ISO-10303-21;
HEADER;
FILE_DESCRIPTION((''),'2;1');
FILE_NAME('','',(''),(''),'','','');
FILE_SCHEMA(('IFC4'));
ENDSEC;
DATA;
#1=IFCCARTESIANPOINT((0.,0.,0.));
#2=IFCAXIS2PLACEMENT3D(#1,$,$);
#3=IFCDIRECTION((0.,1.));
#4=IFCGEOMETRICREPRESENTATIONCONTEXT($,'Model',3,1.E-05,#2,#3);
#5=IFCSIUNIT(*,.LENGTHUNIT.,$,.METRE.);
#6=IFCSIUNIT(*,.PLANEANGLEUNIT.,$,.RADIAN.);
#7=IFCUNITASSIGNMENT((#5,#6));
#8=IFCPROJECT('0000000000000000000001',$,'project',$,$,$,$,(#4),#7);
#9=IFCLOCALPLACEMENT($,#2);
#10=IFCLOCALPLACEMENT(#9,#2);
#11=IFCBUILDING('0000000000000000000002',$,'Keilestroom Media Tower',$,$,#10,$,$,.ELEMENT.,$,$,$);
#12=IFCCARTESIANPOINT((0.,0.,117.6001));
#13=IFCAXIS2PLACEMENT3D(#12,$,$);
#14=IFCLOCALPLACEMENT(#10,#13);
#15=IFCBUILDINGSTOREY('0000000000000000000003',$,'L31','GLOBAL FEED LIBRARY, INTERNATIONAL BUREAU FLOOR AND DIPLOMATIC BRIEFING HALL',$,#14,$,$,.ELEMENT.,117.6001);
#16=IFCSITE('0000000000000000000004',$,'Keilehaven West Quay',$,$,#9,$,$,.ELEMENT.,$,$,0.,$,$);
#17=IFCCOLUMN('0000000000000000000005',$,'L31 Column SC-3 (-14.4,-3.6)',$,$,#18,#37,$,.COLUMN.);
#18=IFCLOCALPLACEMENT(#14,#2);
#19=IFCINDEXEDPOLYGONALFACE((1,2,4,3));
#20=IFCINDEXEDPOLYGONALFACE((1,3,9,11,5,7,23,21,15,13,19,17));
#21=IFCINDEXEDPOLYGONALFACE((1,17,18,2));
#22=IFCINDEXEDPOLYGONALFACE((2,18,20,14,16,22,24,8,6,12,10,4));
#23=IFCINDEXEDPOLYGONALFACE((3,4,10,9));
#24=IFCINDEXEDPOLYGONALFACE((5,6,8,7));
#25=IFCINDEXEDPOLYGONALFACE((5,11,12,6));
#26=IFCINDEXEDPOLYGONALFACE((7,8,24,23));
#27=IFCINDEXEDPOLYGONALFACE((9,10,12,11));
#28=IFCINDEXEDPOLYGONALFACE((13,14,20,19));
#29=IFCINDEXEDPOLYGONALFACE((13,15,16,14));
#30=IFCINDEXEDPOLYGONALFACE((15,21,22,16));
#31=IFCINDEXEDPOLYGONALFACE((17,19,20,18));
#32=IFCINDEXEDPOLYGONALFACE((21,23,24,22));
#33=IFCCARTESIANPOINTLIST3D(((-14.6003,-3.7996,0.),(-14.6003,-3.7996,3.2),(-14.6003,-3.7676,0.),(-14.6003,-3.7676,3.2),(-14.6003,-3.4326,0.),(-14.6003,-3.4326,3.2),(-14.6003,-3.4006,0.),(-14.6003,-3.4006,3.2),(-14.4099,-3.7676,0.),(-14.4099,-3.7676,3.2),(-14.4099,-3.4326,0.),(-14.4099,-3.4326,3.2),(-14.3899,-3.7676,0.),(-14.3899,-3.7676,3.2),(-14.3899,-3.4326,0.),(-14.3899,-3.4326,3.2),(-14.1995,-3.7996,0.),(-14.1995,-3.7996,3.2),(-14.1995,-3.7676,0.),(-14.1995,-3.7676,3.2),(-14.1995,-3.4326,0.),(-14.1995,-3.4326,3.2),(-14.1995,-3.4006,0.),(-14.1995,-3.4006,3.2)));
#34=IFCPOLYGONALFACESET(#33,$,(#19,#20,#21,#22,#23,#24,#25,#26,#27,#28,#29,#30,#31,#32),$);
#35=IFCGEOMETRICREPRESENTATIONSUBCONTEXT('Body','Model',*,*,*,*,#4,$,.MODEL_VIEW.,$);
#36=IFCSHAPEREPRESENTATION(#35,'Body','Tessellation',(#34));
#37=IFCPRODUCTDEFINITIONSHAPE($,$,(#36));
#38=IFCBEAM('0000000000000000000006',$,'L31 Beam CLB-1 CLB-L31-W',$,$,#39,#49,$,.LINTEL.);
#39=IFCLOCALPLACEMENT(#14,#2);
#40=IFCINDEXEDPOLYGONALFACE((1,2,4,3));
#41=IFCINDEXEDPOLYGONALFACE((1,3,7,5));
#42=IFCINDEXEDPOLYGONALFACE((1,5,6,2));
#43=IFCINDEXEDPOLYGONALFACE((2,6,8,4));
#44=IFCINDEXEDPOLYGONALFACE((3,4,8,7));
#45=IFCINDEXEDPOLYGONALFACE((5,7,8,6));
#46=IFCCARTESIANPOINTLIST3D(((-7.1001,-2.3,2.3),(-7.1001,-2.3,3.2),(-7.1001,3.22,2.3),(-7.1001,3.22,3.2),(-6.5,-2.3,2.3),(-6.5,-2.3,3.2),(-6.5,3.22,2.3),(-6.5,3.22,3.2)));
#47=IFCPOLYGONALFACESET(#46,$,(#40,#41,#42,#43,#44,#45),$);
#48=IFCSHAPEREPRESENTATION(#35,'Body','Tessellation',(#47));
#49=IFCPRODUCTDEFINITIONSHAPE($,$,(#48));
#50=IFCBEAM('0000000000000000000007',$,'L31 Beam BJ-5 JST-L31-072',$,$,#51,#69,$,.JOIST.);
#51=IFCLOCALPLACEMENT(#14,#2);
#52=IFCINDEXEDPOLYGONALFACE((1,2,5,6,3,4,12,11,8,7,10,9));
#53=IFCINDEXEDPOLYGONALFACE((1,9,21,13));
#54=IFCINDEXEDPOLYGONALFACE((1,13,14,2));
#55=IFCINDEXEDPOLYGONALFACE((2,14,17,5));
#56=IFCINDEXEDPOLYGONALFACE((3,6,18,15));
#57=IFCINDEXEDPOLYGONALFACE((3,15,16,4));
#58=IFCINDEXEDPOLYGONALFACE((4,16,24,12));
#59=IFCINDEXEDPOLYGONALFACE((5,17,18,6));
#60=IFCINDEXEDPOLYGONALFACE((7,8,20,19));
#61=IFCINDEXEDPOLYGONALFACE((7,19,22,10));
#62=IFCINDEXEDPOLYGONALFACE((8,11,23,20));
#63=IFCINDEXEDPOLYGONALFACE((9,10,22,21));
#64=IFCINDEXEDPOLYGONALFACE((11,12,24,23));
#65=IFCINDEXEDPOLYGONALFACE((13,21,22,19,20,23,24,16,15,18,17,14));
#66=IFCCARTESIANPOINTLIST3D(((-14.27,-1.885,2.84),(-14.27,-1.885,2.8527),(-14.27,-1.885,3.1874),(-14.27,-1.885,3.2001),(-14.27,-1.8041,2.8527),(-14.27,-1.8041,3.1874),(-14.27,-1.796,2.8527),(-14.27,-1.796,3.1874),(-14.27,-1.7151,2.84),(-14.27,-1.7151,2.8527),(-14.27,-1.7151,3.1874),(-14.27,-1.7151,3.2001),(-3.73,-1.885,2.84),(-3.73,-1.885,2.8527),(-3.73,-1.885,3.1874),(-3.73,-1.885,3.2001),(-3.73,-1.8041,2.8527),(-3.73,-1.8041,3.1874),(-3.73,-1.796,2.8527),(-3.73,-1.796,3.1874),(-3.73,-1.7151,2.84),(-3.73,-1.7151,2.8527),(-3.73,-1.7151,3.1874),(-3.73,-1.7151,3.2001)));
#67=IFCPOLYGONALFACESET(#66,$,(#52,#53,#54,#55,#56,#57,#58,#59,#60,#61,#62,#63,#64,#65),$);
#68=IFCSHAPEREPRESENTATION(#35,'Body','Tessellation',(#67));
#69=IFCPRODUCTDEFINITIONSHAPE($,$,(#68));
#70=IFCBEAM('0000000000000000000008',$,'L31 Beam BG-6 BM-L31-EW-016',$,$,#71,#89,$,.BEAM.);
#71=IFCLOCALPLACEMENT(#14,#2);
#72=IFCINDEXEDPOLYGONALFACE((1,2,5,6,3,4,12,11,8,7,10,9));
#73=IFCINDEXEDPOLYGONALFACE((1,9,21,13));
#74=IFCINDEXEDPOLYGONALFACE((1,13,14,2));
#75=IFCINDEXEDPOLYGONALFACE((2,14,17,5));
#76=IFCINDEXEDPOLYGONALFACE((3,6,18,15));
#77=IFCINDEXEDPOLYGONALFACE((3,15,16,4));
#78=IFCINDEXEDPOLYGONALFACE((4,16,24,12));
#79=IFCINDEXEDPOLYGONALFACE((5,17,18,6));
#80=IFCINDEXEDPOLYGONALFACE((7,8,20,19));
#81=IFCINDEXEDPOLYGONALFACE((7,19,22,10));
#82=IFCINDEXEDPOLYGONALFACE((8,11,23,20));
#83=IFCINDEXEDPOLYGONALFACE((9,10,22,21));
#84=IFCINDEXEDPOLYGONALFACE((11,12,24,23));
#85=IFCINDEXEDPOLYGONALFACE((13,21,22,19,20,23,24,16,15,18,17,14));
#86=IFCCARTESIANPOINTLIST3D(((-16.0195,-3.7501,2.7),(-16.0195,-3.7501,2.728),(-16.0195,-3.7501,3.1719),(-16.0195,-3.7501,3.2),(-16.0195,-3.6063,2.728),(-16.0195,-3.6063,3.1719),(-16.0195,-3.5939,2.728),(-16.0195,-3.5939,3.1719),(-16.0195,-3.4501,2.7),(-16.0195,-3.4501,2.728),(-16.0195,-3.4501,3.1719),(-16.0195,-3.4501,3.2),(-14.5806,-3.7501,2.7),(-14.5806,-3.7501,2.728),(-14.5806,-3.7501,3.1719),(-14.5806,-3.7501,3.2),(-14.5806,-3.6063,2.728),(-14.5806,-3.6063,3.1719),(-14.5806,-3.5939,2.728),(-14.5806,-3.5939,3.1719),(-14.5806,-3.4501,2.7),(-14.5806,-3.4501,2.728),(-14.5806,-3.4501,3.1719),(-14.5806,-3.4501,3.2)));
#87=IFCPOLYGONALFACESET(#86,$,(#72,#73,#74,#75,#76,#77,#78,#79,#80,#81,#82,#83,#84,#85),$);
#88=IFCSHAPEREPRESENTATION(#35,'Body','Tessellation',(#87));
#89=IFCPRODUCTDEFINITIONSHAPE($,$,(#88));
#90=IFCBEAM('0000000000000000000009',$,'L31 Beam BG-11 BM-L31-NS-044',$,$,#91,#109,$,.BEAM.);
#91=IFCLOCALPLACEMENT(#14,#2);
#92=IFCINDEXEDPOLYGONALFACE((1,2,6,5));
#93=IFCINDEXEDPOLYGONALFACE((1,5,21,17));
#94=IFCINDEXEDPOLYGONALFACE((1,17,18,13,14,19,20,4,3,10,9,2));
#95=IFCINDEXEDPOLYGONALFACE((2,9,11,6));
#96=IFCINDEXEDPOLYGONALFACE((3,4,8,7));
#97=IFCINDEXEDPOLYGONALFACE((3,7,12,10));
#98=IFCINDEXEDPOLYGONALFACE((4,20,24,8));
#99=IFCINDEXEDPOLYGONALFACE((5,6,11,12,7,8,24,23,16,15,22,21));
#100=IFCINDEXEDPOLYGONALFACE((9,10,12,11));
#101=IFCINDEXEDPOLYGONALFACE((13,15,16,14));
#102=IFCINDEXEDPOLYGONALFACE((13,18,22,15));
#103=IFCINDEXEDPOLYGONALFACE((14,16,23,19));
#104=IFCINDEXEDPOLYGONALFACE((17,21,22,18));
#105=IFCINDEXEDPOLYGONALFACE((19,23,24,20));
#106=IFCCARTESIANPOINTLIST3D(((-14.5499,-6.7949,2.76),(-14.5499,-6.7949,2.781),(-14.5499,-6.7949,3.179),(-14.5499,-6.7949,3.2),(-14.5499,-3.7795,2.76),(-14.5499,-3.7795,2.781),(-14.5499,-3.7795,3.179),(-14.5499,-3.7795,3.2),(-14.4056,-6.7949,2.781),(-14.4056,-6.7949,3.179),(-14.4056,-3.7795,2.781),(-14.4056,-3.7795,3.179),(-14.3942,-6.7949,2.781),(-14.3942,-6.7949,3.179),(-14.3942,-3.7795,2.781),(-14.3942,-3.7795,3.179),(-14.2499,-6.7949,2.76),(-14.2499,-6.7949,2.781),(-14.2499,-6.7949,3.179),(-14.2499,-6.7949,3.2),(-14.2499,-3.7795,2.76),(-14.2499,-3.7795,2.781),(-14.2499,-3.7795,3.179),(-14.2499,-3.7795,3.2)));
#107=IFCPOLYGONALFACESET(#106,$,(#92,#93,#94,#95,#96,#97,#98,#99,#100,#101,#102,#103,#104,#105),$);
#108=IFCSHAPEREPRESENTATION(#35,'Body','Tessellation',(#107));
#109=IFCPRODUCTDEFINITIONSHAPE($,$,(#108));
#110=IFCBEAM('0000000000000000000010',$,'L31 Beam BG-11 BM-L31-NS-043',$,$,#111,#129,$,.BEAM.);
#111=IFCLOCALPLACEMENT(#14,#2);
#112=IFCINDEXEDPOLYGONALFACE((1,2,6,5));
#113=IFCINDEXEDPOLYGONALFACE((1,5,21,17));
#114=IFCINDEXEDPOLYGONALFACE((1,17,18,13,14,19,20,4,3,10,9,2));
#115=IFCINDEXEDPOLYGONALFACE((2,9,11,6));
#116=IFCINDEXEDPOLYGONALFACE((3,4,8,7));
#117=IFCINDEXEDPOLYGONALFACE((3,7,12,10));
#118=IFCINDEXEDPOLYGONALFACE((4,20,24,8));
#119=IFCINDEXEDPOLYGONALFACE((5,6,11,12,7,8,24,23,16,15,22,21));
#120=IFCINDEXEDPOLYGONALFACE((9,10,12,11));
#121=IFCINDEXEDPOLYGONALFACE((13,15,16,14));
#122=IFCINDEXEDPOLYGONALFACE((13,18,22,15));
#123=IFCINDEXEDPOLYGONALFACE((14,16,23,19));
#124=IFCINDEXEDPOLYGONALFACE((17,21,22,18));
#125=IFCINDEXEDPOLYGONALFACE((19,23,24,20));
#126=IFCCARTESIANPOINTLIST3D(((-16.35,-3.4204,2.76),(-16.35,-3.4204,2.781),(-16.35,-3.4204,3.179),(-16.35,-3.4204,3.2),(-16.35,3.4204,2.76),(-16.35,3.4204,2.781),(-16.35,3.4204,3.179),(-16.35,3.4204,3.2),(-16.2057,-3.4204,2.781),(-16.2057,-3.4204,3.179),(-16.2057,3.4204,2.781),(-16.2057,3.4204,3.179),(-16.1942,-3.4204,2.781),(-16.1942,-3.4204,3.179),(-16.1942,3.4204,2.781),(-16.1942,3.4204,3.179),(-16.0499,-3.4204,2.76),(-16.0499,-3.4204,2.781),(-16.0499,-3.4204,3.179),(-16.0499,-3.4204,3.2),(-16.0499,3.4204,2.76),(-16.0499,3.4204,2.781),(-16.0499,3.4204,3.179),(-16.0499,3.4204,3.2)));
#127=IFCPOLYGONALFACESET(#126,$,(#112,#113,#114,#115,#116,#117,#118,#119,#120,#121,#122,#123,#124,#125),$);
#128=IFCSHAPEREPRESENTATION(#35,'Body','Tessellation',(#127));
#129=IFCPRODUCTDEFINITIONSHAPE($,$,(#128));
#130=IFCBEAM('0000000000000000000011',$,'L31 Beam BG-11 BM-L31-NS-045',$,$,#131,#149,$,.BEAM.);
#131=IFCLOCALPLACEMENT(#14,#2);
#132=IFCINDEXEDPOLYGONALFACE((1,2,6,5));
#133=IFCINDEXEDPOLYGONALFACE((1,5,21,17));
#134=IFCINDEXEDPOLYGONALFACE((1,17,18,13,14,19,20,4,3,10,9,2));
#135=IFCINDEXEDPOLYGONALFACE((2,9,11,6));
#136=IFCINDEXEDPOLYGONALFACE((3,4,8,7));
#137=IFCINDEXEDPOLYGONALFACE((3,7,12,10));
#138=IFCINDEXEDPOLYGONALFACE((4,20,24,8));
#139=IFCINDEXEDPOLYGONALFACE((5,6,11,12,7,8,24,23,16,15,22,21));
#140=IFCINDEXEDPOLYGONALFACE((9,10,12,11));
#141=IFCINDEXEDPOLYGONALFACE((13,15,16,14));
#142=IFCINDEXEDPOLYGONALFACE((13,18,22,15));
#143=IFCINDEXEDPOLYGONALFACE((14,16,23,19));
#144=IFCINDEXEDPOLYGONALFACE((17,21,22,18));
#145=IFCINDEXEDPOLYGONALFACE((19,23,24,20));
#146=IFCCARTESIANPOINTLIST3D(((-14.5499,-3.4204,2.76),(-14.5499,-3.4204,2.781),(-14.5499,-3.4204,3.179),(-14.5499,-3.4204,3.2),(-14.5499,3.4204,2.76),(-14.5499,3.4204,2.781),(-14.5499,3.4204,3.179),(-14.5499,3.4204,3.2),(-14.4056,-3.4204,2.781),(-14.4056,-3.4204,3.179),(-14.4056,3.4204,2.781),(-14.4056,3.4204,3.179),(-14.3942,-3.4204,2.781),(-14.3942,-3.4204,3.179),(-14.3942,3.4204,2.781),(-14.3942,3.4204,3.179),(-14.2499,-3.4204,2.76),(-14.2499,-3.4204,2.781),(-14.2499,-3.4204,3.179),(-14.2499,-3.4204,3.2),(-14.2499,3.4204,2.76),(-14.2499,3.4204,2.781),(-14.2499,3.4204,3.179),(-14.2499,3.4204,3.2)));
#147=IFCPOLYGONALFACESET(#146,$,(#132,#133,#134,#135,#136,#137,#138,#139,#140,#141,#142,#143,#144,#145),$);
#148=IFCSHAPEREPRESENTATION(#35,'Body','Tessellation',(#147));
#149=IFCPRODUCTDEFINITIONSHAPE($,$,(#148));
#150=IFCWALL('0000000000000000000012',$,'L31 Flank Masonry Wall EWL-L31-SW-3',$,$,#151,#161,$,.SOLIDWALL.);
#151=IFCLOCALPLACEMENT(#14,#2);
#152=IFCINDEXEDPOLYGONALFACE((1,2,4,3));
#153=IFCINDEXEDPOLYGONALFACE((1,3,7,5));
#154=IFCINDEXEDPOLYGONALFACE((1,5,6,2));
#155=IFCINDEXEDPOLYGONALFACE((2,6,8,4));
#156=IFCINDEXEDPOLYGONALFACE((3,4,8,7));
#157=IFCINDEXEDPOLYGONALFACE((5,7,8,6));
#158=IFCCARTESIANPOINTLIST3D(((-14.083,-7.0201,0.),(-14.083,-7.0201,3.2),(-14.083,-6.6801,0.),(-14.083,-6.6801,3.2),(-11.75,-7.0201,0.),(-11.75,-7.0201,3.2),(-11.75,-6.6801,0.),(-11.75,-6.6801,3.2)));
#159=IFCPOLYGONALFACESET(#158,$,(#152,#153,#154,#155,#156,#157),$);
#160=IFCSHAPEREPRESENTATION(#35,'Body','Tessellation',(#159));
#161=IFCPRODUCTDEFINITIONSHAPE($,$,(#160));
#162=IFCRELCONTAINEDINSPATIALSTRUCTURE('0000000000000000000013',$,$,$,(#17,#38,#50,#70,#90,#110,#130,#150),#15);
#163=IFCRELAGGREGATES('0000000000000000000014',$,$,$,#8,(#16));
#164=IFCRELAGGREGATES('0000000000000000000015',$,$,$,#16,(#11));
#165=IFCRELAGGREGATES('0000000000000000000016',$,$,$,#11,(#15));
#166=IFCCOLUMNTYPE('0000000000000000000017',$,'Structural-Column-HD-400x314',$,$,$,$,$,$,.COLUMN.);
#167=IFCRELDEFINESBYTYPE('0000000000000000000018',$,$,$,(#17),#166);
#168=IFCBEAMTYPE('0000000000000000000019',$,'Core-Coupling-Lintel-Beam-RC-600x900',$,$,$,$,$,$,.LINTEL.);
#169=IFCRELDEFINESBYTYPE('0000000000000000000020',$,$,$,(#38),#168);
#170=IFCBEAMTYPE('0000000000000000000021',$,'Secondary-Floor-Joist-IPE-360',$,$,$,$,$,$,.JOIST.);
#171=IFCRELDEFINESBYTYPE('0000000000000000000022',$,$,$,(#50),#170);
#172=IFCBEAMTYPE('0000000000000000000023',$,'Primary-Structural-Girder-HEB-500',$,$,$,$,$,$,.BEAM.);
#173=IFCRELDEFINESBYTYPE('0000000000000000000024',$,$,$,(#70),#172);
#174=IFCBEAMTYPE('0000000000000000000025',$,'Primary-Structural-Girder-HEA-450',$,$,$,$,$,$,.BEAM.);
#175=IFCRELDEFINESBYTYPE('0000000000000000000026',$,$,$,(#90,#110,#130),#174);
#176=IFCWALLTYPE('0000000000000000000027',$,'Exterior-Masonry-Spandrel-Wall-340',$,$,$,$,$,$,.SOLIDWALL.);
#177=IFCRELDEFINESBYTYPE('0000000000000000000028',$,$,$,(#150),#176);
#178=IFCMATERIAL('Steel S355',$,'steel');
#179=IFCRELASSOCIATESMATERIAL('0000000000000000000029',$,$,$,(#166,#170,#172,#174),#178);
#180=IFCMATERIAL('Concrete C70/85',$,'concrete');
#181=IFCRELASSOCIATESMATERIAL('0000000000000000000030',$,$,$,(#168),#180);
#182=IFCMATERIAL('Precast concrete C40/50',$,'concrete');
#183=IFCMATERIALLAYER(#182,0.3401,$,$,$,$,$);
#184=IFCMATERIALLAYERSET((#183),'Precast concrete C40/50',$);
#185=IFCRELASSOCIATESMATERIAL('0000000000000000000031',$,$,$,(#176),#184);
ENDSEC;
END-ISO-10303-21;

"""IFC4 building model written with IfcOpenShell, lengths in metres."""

from ifc_helpers import new_model, si_unit, direction, frame, frame_2d, origin, origin_2d, place, context, subcontext, project, spatial, rectangle, i_section, extrude, source, transform, mapped, material, layer, layer_set, material_profile, profile_set, type_object, element, save


model = new_model("IFC4")

# Units and contexts
model_context = context("Model", 3, precision=1e-05, world=origin(), true_north=direction((0.0, 1.0)))
body_context = subcontext(model_context, "Body", "Model", "MODEL_VIEW")
ifc_project = project(units=[si_unit("LENGTHUNIT", "METRE"), si_unit("PLANEANGLEUNIT", "RADIAN")], contexts=[model_context])

# Site, building, storey
site_placement = place(None, origin())
site = spatial("IfcSite", under=ifc_project, at=site_placement, Name="Keilehaven West Quay", CompositionType="ELEMENT", RefElevation=0.0)
building_placement = place(site_placement, origin())
building = spatial("IfcBuilding", under=site, at=building_placement, Name="Keilestroom Media Tower", CompositionType="ELEMENT")
storey_placement = place(building_placement, frame((0.0, 0.0, 117.6001)))
storey = spatial("IfcBuildingStorey", under=building, at=storey_placement, Name="L31", Description="GLOBAL FEED LIBRARY, INTERNATIONAL BUREAU FLOOR AND DIPLOMATIC BRIEFING HALL", CompositionType="ELEMENT", Elevation=117.6001)

# Column
ifc_material_1 = material(Name="Steel S355", Category="steel")
ifc_material_profile_1 = material_profile(ifc_material_1, i_section(OverallWidth=0.4009, OverallDepth=0.3989, WebThickness=0.02, FlangeThickness=0.032, at=origin_2d()), Name="HD 400x314")
ifc_profile_set_1 = profile_set([ifc_material_profile_1], Name="Steel S355")
column_type = type_object("IfcColumnType", Name="Structural-Column-HD-400x314", PredefinedType="COLUMN", material=ifc_profile_set_1)
shared_shape_1 = source(origin(), body_context, "Body", "SweptSolid", [
    extrude(i_section(OverallWidth=0.4009, OverallDepth=0.3989, WebThickness=0.02, FlangeThickness=0.032, at=origin_2d()), origin(), (0.0, 0.0, 1.0), 3.2),
])
column_placement = place(storey_placement, frame((-14.3999, -3.6001, 0.0), z_axis=(0.0, 0.0, 1.0), x_axis=(1.0, 0.0, 0.0)))
element("IfcColumn", 1, at=column_placement, inside=storey, type_object=column_type, Name="L31 Column SC-3 (-14.4,-3.6)", PredefinedType="COLUMN", context=body_context, shape_type="MappedRepresentation", body=[
    mapped(shared_shape_1, transform((0.0, 0.0, 0.0), x_axis=(1.0, 0.0, 0.0), y_axis=(0.0, 1.0, 0.0), z_axis=(0.0, 0.0, 1.0), scale=1.0)),
])

# Beams
ifc_material_2 = material(Name="Concrete C70/85", Category="concrete")
ifc_material_profile_2 = material_profile(ifc_material_2, rectangle(XDim=0.6001, YDim=0.8999, at=origin_2d()), Name="RC 600x900")
ifc_profile_set_2 = profile_set([ifc_material_profile_2], Name="Concrete C70/85")
beam_type_1 = type_object("IfcBeamType", Name="Core-Coupling-Lintel-Beam-RC-600x900", PredefinedType="LINTEL", material=ifc_profile_set_2)
shared_shape_2 = source(origin(), body_context, "Body", "SweptSolid", [
    extrude(rectangle(XDim=0.6001, YDim=0.8999, at=origin_2d()), origin(), (0.0, 0.0, 1.0), 5.52),
])
beam_1_placement = place(storey_placement, frame((-6.8, -2.3, 2.75), z_axis=(0.0, 1.0, 0.0), x_axis=(-1.0, 0.0, 0.0)))
element("IfcBeam", 2, at=beam_1_placement, inside=storey, type_object=beam_type_1, Name="L31 Beam CLB-1 CLB-L31-W", PredefinedType="LINTEL", context=body_context, shape_type="MappedRepresentation", body=[
    mapped(shared_shape_2, transform((0.0, 0.0, 0.0), x_axis=(1.0, 0.0, 0.0), y_axis=(0.0, 1.0, 0.0), z_axis=(0.0, 0.0, 1.0), scale=1.0)),
])
ifc_material_profile_3 = material_profile(ifc_material_1, i_section(OverallWidth=0.1699, OverallDepth=0.3601, WebThickness=0.0081, FlangeThickness=0.0127, at=origin_2d()), Name="IPE 360")
ifc_profile_set_3 = profile_set([ifc_material_profile_3], Name="Steel S355")
beam_type_2 = type_object("IfcBeamType", Name="Secondary-Floor-Joist-IPE-360", PredefinedType="JOIST", material=ifc_profile_set_3)
shared_shape_3 = source(origin(), body_context, "Body", "SweptSolid", [
    extrude(i_section(OverallWidth=0.1699, OverallDepth=0.3601, WebThickness=0.0081, FlangeThickness=0.0127, at=origin_2d()), origin(), (0.0, 0.0, 1.0), 10.54),
])
beam_2_placement = place(storey_placement, frame((-14.27, -1.8, 3.02), z_axis=(1.0, 0.0, 0.0), x_axis=(0.0, 1.0, 0.0)))
element("IfcBeam", 3, at=beam_2_placement, inside=storey, type_object=beam_type_2, Name="L31 Beam BJ-5 JST-L31-072", PredefinedType="JOIST", context=body_context, shape_type="MappedRepresentation", body=[
    mapped(shared_shape_3, transform((0.0, 0.0, 0.0), x_axis=(1.0, 0.0, 0.0), y_axis=(0.0, 1.0, 0.0), z_axis=(0.0, 0.0, 1.0), scale=1.0)),
])
ifc_material_profile_4 = material_profile(ifc_material_1, i_section(OverallWidth=0.3, OverallDepth=0.5, WebThickness=0.0125, FlangeThickness=0.0281, at=origin_2d()), Name="HEB 500")
ifc_profile_set_4 = profile_set([ifc_material_profile_4], Name="Steel S355")
beam_type_3 = type_object("IfcBeamType", Name="Primary-Structural-Girder-HEB-500", PredefinedType="BEAM", material=ifc_profile_set_4)
shared_shape_4 = source(origin(), body_context, "Body", "SweptSolid", [
    extrude(i_section(OverallWidth=0.3, OverallDepth=0.5, WebThickness=0.0125, FlangeThickness=0.0281, at=origin_2d()), origin(), (0.0, 0.0, 1.0), 1.439),
])
beam_3_placement = place(storey_placement, frame((-16.0195, -3.6001, 2.95), z_axis=(1.0, 0.0, 0.0), x_axis=(0.0, 1.0, 0.0)))
element("IfcBeam", 4, at=beam_3_placement, inside=storey, type_object=beam_type_3, Name="L31 Beam BG-6 BM-L31-EW-016", PredefinedType="BEAM", context=body_context, shape_type="MappedRepresentation", body=[
    mapped(shared_shape_4, transform((0.0, 0.0, 0.0), x_axis=(1.0, 0.0, 0.0), y_axis=(0.0, 1.0, 0.0), z_axis=(0.0, 0.0, 1.0), scale=1.0)),
])
ifc_material_profile_5 = material_profile(ifc_material_1, i_section(OverallWidth=0.3, OverallDepth=0.4399, WebThickness=0.0115, FlangeThickness=0.021, at=origin_2d()), Name="HEA 450")
ifc_profile_set_5 = profile_set([ifc_material_profile_5], Name="Steel S355")
beam_type_4 = type_object("IfcBeamType", Name="Primary-Structural-Girder-HEA-450", PredefinedType="BEAM", material=ifc_profile_set_5)
shared_shape_5 = source(origin(), body_context, "Body", "SweptSolid", [
    extrude(i_section(OverallWidth=0.3, OverallDepth=0.4399, WebThickness=0.0115, FlangeThickness=0.021, at=origin_2d()), origin(), (0.0, 0.0, 1.0), 3.0154),
])
beam_4_placement = place(storey_placement, frame((-14.3999, -6.7949, 2.98), z_axis=(0.0, 1.0, 0.0), x_axis=(-1.0, 0.0, 0.0)))
element("IfcBeam", 5, at=beam_4_placement, inside=storey, type_object=beam_type_4, Name="L31 Beam BG-11 BM-L31-NS-044", PredefinedType="BEAM", context=body_context, shape_type="MappedRepresentation", body=[
    mapped(shared_shape_5, transform((0.0, 0.0, 0.0), x_axis=(1.0, 0.0, 0.0), y_axis=(0.0, 1.0, 0.0), z_axis=(0.0, 0.0, 1.0), scale=1.0)),
])
shared_shape_6 = source(origin(), body_context, "Body", "SweptSolid", [
    extrude(i_section(OverallWidth=0.3, OverallDepth=0.4399, WebThickness=0.0115, FlangeThickness=0.021, at=origin_2d()), origin(), (0.0, 0.0, 1.0), 6.8408),
])
for number, where, z_axis, x_axis, name in (
    (6, (-16.2, -3.4204, 2.98), (0.0, 1.0, 0.0), (-1.0, 0.0, 0.0), "L31 Beam BG-11 BM-L31-NS-043"),
    (7, (-14.3999, -3.4204, 2.98), (0.0, 1.0, 0.0), (-1.0, 0.0, 0.0), "L31 Beam BG-11 BM-L31-NS-045"),
):
    element("IfcBeam", number, at=place(storey_placement, frame(where, z_axis=z_axis, x_axis=x_axis)), inside=storey, type_object=beam_type_4, Name=name, PredefinedType="BEAM", context=body_context, shape_type="MappedRepresentation", body=[
        mapped(shared_shape_6, transform((0.0, 0.0, 0.0), x_axis=(1.0, 0.0, 0.0), y_axis=(0.0, 1.0, 0.0), z_axis=(0.0, 0.0, 1.0), scale=1.0)),
    ])

# Wall
ifc_material_3 = material(Name="Precast concrete C40/50", Category="concrete")
ifc_layer_1 = layer(ifc_material_3, 0.3401)
ifc_layer_set_1 = layer_set([ifc_layer_1], Name="Precast concrete C40/50")
wall_type_1 = type_object("IfcWallType", Name="Exterior-Masonry-Spandrel-Wall-340", PredefinedType="SOLIDWALL", material=ifc_layer_set_1)
wall_1_placement = place(storey_placement, frame((-14.083, -6.8501, 0.0), z_axis=(0.0, 0.0, 1.0), x_axis=(1.0, 0.0, 0.0)))
element("IfcWall", 8, at=wall_1_placement, inside=storey, type_object=wall_type_1, Name="L31 Flank Masonry Wall EWL-L31-SW-3", PredefinedType="SOLIDWALL", context=body_context, shape_type="SweptSolid", body=[
    extrude(rectangle(XDim=2.333, YDim=0.3401, at=frame_2d((1.1665, 0.0))), origin(), (0.0, 0.0, 1.0), 3.2),
])

save(model, "model.ifc")
